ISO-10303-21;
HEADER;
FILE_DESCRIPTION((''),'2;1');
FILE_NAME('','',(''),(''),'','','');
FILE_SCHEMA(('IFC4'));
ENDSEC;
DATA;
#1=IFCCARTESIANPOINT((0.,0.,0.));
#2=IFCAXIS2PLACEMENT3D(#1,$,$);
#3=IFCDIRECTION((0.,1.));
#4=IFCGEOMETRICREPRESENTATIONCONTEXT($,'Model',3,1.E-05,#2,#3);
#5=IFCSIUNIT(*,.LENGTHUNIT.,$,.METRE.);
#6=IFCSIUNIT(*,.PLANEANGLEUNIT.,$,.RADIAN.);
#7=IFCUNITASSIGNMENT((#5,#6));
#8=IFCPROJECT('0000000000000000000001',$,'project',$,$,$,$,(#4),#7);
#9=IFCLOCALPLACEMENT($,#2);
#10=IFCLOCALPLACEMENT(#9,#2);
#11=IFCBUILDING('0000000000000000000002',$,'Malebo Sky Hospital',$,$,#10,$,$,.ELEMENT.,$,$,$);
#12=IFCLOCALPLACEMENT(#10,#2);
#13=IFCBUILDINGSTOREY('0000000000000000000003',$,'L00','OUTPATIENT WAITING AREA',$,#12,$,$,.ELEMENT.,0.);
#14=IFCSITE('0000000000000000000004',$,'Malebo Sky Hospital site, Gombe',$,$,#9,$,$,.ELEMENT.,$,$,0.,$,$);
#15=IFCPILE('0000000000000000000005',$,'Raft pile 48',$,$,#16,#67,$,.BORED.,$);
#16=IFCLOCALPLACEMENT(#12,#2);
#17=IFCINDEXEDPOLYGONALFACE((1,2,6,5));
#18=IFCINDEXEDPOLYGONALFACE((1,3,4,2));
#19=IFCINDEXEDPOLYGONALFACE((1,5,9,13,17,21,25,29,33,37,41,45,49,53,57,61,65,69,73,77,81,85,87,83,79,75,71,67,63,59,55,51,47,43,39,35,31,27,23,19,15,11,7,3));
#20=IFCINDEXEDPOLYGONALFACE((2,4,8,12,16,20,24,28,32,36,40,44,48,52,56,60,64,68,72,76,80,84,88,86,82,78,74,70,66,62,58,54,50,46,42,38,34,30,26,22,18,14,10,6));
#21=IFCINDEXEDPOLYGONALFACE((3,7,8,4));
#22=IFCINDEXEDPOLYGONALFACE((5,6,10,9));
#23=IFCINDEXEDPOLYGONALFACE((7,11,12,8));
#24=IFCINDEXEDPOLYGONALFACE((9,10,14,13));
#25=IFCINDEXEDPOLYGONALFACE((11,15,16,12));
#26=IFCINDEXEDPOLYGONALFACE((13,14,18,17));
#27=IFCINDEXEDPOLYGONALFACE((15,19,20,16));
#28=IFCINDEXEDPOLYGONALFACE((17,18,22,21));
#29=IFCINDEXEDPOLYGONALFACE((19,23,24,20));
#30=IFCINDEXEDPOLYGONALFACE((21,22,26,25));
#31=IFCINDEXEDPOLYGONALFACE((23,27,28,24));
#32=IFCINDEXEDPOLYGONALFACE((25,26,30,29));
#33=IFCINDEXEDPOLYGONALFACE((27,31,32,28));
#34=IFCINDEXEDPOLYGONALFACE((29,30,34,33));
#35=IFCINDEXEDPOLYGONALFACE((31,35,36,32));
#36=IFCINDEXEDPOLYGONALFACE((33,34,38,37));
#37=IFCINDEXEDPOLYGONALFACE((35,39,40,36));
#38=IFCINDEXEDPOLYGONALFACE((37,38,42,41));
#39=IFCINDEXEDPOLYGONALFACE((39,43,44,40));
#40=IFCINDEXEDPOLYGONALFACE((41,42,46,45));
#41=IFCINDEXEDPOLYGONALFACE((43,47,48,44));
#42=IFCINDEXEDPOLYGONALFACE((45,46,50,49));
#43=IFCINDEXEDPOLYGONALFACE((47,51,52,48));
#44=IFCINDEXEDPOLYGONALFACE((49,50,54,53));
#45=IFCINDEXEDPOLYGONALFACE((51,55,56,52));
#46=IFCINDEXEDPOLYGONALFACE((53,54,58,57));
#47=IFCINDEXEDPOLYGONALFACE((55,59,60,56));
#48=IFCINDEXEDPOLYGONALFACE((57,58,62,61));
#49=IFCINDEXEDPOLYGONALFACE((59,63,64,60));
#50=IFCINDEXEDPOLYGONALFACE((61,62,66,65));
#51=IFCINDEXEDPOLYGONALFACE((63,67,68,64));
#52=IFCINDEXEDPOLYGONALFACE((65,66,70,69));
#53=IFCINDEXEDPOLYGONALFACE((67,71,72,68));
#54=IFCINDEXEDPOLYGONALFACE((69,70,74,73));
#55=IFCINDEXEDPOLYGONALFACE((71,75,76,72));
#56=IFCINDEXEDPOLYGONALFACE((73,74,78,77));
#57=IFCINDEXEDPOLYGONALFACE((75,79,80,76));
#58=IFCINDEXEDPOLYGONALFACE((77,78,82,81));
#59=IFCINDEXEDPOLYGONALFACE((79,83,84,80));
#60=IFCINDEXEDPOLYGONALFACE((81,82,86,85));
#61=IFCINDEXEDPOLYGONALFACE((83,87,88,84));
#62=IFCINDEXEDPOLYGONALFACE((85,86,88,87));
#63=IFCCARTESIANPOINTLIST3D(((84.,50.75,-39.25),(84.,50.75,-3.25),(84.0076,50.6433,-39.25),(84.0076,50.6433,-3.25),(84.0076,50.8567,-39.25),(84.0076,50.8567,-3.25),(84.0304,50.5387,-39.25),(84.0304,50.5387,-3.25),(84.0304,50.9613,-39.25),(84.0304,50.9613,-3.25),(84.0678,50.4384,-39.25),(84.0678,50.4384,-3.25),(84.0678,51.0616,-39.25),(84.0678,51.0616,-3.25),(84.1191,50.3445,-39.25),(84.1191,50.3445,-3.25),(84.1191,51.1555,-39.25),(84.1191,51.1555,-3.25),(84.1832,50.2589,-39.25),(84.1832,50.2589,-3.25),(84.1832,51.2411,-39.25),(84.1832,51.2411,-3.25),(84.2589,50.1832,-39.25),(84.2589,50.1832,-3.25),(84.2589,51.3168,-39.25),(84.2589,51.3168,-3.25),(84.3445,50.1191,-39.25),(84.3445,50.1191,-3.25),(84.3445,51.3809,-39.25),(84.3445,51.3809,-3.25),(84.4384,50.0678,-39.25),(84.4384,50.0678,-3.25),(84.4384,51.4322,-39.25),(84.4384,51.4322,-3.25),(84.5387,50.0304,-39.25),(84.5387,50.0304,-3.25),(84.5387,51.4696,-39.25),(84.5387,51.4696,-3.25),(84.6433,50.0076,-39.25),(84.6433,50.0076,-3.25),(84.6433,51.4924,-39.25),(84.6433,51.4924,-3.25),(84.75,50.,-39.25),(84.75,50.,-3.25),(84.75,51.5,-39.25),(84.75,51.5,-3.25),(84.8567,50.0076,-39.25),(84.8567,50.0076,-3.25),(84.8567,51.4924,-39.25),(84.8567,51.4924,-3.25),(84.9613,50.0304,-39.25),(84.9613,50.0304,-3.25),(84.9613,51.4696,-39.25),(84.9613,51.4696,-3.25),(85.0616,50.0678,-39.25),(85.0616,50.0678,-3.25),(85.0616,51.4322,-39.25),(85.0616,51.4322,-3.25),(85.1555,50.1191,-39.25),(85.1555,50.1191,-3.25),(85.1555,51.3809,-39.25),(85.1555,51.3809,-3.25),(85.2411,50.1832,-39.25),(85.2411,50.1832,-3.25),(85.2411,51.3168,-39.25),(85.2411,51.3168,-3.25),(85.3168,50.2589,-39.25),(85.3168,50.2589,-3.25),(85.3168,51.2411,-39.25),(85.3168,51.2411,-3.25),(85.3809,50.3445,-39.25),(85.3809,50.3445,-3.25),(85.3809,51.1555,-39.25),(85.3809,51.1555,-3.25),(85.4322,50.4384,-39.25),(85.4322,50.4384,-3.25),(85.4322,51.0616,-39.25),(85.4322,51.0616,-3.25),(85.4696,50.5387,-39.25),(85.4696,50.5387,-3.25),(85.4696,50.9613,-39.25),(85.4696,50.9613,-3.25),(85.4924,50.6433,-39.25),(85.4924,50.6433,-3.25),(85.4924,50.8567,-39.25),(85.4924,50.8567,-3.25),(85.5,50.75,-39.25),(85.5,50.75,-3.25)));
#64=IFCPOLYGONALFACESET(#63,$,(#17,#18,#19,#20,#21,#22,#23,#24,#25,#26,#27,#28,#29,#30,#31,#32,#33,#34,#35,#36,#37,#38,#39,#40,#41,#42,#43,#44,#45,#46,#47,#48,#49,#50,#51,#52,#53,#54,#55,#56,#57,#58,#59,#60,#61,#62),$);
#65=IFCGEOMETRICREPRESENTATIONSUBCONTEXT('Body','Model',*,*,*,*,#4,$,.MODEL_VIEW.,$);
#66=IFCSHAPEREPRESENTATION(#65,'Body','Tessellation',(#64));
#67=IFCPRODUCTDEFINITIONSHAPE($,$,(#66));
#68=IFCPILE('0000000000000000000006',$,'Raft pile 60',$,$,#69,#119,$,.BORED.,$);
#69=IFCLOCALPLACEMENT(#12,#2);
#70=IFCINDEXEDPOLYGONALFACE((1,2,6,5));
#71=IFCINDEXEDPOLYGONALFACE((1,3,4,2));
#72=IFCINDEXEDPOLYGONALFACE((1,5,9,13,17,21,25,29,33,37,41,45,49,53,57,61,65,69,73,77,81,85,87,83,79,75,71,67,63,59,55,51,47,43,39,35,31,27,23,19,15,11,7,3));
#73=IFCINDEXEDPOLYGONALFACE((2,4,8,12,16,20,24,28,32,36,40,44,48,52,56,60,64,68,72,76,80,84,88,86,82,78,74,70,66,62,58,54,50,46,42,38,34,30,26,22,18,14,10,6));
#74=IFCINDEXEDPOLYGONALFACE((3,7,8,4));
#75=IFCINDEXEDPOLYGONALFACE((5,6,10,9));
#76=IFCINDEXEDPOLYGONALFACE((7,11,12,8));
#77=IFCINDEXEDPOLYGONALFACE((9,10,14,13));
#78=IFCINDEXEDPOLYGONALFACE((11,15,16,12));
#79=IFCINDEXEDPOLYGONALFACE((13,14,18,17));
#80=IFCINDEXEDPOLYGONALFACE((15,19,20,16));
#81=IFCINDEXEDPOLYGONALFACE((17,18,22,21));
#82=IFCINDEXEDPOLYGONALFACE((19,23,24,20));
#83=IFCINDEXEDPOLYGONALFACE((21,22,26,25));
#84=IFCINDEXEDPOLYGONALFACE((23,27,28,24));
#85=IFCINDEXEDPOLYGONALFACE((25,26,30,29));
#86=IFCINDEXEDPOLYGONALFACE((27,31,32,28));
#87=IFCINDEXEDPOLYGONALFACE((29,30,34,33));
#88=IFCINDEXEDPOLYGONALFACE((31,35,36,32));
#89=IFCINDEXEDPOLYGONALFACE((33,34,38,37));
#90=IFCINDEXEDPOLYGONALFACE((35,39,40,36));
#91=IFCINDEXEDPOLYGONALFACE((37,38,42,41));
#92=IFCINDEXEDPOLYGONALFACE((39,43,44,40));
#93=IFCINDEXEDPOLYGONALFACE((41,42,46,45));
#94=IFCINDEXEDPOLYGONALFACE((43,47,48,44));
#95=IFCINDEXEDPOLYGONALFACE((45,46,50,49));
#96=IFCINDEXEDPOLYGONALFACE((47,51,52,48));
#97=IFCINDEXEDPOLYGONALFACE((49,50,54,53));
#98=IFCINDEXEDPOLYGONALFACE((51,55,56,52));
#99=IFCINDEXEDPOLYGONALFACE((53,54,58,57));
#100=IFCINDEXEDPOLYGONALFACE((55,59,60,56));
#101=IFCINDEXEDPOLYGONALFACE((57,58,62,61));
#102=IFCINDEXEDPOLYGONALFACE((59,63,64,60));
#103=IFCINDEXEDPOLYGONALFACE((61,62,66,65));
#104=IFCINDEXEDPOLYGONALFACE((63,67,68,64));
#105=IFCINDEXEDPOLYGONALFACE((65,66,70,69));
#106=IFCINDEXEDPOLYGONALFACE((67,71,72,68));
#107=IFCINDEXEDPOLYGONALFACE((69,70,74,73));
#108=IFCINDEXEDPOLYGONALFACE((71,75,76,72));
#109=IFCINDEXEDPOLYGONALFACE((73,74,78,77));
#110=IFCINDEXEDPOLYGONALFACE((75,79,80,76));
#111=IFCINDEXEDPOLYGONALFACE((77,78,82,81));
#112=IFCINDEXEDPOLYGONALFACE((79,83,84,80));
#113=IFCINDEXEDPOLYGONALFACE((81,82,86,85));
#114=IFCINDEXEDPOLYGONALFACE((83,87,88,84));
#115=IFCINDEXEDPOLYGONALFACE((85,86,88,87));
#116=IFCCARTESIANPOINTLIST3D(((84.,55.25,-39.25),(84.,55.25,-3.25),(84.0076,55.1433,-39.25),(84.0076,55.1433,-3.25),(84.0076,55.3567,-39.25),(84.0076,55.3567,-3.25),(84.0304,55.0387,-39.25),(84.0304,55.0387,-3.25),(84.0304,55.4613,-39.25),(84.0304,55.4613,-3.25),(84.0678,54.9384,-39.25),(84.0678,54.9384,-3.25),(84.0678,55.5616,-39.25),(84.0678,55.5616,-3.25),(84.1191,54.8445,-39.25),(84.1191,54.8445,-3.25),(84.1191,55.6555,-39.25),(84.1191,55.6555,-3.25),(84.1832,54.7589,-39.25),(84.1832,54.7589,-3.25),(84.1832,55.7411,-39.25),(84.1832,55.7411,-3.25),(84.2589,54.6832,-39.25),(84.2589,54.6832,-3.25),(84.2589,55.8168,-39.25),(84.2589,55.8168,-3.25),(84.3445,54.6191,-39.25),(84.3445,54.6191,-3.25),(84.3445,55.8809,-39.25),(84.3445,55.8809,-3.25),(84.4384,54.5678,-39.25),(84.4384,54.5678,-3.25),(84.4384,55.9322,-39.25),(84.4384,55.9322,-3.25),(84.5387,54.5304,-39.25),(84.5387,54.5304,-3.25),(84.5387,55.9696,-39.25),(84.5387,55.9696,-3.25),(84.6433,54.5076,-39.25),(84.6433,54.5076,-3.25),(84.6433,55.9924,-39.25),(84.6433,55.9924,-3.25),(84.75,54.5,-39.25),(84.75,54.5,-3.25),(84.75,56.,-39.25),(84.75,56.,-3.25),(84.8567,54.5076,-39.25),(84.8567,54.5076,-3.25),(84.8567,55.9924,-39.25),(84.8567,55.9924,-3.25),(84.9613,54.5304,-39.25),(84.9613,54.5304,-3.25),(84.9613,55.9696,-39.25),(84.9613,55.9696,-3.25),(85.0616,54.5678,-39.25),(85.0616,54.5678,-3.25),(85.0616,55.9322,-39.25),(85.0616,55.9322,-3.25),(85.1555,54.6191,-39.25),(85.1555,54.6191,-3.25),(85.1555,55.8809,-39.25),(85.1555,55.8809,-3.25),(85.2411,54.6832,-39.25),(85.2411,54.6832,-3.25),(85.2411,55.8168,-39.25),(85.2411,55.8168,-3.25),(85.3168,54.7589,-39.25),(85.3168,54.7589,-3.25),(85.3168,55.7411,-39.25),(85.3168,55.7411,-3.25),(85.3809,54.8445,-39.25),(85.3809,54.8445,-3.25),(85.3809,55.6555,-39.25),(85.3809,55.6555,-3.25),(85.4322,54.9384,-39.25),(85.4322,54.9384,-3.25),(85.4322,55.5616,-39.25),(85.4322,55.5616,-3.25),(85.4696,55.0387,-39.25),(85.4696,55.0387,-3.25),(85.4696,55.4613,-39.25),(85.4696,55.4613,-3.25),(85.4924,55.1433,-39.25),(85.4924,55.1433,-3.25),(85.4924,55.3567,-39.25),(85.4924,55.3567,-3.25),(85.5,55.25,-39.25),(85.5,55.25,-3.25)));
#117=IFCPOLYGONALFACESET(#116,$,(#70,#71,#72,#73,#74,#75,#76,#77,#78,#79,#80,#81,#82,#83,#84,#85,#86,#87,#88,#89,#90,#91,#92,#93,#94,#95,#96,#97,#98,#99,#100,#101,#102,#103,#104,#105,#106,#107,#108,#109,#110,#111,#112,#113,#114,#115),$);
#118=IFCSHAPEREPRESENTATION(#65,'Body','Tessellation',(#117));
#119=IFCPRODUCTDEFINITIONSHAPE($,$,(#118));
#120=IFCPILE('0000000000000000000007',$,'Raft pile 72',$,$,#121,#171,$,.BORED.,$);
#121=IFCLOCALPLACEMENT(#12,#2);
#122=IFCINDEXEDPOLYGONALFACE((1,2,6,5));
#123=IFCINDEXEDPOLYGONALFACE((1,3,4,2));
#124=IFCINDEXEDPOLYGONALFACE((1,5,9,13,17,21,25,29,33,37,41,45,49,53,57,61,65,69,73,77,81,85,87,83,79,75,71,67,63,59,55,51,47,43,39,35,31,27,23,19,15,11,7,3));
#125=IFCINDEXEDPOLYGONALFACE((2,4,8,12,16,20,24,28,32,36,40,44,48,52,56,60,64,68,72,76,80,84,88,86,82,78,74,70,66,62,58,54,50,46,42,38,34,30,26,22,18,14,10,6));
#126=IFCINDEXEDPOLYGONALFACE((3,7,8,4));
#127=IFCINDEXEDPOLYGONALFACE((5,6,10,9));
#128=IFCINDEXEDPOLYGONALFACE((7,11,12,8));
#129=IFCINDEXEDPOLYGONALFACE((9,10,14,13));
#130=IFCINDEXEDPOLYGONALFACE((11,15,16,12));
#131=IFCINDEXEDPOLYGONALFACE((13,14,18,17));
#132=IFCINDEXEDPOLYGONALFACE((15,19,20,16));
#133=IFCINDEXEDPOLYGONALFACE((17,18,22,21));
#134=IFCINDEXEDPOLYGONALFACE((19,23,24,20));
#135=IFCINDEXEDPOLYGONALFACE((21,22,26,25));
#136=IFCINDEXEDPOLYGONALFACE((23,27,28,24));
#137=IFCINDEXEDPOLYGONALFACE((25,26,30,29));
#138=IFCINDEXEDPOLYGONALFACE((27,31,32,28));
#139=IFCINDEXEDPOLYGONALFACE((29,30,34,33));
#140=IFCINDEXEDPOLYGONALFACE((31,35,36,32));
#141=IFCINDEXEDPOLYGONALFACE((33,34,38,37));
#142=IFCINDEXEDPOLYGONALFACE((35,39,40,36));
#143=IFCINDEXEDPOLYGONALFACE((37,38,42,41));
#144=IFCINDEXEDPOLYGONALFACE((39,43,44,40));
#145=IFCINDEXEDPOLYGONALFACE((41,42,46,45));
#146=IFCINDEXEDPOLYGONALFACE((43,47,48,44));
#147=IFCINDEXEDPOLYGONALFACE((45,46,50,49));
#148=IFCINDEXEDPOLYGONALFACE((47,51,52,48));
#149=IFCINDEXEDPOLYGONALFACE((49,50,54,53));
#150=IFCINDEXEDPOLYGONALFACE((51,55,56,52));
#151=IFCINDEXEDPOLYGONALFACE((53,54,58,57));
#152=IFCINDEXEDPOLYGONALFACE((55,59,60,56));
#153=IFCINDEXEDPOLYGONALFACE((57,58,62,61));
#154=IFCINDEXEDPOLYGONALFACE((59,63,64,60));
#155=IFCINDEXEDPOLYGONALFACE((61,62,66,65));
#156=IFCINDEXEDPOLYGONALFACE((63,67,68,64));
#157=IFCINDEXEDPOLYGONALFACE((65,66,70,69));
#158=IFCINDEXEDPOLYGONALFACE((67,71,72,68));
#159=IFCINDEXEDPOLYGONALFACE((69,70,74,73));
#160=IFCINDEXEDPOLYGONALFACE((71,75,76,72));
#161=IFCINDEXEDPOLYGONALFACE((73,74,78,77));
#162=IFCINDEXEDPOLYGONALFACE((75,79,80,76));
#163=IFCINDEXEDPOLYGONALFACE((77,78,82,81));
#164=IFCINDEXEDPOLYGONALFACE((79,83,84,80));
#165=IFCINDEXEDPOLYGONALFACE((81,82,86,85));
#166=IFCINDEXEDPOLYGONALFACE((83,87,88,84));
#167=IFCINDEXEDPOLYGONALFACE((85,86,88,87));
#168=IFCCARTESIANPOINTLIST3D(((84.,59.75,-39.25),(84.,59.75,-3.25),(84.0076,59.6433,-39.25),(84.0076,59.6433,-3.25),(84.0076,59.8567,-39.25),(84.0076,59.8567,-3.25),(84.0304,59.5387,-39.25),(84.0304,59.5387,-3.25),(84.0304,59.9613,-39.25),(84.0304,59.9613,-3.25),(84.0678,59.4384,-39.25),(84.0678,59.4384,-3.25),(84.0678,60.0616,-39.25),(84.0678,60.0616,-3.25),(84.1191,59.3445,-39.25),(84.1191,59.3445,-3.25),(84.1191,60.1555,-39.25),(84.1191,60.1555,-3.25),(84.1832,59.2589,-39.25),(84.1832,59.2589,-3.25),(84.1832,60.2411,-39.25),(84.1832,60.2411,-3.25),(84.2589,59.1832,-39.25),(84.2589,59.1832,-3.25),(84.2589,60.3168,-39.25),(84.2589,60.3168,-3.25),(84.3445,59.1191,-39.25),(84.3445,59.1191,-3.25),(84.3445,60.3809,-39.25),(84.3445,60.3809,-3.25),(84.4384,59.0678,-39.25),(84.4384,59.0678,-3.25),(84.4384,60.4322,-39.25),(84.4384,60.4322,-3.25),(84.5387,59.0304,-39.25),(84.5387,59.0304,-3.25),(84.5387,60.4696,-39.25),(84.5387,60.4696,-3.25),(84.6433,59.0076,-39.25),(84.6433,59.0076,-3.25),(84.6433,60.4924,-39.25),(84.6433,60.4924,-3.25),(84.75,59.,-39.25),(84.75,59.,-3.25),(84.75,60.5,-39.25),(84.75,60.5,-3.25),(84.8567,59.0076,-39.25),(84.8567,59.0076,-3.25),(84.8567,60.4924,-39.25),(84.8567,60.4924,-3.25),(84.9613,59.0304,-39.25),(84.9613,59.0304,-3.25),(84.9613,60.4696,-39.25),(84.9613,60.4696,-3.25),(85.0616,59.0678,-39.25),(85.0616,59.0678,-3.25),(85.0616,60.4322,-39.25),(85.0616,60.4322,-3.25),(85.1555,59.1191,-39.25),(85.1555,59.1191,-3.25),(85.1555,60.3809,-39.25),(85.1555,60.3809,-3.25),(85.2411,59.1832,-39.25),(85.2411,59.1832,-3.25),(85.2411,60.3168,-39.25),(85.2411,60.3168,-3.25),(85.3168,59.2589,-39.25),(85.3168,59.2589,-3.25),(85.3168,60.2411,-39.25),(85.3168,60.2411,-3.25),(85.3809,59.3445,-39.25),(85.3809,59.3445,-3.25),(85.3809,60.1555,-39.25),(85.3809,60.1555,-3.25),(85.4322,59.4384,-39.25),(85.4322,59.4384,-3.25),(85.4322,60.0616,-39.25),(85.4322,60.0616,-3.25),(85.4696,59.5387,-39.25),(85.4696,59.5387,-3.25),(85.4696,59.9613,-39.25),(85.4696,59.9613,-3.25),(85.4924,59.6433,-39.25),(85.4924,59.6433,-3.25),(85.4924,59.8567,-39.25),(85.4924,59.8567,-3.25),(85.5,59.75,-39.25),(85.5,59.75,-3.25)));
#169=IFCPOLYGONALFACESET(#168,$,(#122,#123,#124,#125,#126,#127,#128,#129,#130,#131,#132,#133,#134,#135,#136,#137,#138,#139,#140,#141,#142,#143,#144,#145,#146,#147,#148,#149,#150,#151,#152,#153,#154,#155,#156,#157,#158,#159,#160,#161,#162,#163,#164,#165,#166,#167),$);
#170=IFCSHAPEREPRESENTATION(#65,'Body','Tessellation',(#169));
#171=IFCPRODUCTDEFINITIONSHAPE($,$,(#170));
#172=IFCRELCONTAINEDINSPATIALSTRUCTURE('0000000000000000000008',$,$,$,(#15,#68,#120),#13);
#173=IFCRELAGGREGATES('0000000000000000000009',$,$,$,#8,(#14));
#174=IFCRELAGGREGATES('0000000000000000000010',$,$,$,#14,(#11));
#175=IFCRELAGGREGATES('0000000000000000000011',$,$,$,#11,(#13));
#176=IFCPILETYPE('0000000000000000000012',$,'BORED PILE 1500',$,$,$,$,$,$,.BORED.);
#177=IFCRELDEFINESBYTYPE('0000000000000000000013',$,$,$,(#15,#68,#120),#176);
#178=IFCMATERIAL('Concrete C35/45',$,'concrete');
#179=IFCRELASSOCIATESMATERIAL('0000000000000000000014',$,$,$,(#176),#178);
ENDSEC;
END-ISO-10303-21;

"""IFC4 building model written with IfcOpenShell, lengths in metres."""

from ifc_helpers import new_model, si_unit, direction, frame, origin, origin_2d, place, context, subcontext, project, spatial, circle, extrude, material, material_profile, profile_set, type_object, element, save


model = new_model("IFC4")

# Units and contexts
model_context = context("Model", 3, precision=1e-05, world=origin(), true_north=direction((0.0, 1.0)))
body_context = subcontext(model_context, "Body", "Model", "MODEL_VIEW")
ifc_project = project(units=[si_unit("LENGTHUNIT", "METRE"), si_unit("PLANEANGLEUNIT", "RADIAN")], contexts=[model_context])

# Site, building, storey
site_placement = place(None, origin())
site = spatial("IfcSite", under=ifc_project, at=site_placement, Name="Malebo Sky Hospital site, Gombe", CompositionType="ELEMENT", RefElevation=0.0)
building_placement = place(site_placement, origin())
building = spatial("IfcBuilding", under=site, at=building_placement, Name="Malebo Sky Hospital", CompositionType="ELEMENT")
storey_placement = place(building_placement, origin())
storey = spatial("IfcBuildingStorey", under=building, at=storey_placement, Name="L00", Description="OUTPATIENT WAITING AREA", CompositionType="ELEMENT", Elevation=0.0)

# Piles
ifc_material_1 = material(Name="Concrete C35/45", Category="concrete")
ifc_material_profile_1 = material_profile(ifc_material_1, circle(Radius=0.75, at=origin_2d()), Name="BP 1500")
ifc_profile_set_1 = profile_set([ifc_material_profile_1], Name="Concrete C35/45")
pile_type_1 = type_object("IfcPileType", Name="BORED PILE 1500", PredefinedType="BORED", material=ifc_profile_set_1)
for number, where, z_axis, x_axis, name in (
    (1, (84.75, 50.75, -3.25), (0.0, 0.0, -1.0), (1.0, 0.0, 0.0), "Raft pile 48"),
    (2, (84.75, 55.25, -3.25), (0.0, 0.0, -1.0), (1.0, 0.0, 0.0), "Raft pile 60"),
    (3, (84.75, 59.75, -3.25), (0.0, 0.0, -1.0), (1.0, 0.0, 0.0), "Raft pile 72"),
):
    element("IfcPile", number, at=place(storey_placement, frame(where, z_axis=z_axis, x_axis=x_axis)), inside=storey, type_object=pile_type_1, Name=name, PredefinedType="BORED", context=body_context, shape_type="SweptSolid", body=[
        extrude(circle(Radius=0.75, at=origin_2d()), origin(), (0.0, 0.0, 1.0), 36.0),
    ])

save(model, "model.ifc")
